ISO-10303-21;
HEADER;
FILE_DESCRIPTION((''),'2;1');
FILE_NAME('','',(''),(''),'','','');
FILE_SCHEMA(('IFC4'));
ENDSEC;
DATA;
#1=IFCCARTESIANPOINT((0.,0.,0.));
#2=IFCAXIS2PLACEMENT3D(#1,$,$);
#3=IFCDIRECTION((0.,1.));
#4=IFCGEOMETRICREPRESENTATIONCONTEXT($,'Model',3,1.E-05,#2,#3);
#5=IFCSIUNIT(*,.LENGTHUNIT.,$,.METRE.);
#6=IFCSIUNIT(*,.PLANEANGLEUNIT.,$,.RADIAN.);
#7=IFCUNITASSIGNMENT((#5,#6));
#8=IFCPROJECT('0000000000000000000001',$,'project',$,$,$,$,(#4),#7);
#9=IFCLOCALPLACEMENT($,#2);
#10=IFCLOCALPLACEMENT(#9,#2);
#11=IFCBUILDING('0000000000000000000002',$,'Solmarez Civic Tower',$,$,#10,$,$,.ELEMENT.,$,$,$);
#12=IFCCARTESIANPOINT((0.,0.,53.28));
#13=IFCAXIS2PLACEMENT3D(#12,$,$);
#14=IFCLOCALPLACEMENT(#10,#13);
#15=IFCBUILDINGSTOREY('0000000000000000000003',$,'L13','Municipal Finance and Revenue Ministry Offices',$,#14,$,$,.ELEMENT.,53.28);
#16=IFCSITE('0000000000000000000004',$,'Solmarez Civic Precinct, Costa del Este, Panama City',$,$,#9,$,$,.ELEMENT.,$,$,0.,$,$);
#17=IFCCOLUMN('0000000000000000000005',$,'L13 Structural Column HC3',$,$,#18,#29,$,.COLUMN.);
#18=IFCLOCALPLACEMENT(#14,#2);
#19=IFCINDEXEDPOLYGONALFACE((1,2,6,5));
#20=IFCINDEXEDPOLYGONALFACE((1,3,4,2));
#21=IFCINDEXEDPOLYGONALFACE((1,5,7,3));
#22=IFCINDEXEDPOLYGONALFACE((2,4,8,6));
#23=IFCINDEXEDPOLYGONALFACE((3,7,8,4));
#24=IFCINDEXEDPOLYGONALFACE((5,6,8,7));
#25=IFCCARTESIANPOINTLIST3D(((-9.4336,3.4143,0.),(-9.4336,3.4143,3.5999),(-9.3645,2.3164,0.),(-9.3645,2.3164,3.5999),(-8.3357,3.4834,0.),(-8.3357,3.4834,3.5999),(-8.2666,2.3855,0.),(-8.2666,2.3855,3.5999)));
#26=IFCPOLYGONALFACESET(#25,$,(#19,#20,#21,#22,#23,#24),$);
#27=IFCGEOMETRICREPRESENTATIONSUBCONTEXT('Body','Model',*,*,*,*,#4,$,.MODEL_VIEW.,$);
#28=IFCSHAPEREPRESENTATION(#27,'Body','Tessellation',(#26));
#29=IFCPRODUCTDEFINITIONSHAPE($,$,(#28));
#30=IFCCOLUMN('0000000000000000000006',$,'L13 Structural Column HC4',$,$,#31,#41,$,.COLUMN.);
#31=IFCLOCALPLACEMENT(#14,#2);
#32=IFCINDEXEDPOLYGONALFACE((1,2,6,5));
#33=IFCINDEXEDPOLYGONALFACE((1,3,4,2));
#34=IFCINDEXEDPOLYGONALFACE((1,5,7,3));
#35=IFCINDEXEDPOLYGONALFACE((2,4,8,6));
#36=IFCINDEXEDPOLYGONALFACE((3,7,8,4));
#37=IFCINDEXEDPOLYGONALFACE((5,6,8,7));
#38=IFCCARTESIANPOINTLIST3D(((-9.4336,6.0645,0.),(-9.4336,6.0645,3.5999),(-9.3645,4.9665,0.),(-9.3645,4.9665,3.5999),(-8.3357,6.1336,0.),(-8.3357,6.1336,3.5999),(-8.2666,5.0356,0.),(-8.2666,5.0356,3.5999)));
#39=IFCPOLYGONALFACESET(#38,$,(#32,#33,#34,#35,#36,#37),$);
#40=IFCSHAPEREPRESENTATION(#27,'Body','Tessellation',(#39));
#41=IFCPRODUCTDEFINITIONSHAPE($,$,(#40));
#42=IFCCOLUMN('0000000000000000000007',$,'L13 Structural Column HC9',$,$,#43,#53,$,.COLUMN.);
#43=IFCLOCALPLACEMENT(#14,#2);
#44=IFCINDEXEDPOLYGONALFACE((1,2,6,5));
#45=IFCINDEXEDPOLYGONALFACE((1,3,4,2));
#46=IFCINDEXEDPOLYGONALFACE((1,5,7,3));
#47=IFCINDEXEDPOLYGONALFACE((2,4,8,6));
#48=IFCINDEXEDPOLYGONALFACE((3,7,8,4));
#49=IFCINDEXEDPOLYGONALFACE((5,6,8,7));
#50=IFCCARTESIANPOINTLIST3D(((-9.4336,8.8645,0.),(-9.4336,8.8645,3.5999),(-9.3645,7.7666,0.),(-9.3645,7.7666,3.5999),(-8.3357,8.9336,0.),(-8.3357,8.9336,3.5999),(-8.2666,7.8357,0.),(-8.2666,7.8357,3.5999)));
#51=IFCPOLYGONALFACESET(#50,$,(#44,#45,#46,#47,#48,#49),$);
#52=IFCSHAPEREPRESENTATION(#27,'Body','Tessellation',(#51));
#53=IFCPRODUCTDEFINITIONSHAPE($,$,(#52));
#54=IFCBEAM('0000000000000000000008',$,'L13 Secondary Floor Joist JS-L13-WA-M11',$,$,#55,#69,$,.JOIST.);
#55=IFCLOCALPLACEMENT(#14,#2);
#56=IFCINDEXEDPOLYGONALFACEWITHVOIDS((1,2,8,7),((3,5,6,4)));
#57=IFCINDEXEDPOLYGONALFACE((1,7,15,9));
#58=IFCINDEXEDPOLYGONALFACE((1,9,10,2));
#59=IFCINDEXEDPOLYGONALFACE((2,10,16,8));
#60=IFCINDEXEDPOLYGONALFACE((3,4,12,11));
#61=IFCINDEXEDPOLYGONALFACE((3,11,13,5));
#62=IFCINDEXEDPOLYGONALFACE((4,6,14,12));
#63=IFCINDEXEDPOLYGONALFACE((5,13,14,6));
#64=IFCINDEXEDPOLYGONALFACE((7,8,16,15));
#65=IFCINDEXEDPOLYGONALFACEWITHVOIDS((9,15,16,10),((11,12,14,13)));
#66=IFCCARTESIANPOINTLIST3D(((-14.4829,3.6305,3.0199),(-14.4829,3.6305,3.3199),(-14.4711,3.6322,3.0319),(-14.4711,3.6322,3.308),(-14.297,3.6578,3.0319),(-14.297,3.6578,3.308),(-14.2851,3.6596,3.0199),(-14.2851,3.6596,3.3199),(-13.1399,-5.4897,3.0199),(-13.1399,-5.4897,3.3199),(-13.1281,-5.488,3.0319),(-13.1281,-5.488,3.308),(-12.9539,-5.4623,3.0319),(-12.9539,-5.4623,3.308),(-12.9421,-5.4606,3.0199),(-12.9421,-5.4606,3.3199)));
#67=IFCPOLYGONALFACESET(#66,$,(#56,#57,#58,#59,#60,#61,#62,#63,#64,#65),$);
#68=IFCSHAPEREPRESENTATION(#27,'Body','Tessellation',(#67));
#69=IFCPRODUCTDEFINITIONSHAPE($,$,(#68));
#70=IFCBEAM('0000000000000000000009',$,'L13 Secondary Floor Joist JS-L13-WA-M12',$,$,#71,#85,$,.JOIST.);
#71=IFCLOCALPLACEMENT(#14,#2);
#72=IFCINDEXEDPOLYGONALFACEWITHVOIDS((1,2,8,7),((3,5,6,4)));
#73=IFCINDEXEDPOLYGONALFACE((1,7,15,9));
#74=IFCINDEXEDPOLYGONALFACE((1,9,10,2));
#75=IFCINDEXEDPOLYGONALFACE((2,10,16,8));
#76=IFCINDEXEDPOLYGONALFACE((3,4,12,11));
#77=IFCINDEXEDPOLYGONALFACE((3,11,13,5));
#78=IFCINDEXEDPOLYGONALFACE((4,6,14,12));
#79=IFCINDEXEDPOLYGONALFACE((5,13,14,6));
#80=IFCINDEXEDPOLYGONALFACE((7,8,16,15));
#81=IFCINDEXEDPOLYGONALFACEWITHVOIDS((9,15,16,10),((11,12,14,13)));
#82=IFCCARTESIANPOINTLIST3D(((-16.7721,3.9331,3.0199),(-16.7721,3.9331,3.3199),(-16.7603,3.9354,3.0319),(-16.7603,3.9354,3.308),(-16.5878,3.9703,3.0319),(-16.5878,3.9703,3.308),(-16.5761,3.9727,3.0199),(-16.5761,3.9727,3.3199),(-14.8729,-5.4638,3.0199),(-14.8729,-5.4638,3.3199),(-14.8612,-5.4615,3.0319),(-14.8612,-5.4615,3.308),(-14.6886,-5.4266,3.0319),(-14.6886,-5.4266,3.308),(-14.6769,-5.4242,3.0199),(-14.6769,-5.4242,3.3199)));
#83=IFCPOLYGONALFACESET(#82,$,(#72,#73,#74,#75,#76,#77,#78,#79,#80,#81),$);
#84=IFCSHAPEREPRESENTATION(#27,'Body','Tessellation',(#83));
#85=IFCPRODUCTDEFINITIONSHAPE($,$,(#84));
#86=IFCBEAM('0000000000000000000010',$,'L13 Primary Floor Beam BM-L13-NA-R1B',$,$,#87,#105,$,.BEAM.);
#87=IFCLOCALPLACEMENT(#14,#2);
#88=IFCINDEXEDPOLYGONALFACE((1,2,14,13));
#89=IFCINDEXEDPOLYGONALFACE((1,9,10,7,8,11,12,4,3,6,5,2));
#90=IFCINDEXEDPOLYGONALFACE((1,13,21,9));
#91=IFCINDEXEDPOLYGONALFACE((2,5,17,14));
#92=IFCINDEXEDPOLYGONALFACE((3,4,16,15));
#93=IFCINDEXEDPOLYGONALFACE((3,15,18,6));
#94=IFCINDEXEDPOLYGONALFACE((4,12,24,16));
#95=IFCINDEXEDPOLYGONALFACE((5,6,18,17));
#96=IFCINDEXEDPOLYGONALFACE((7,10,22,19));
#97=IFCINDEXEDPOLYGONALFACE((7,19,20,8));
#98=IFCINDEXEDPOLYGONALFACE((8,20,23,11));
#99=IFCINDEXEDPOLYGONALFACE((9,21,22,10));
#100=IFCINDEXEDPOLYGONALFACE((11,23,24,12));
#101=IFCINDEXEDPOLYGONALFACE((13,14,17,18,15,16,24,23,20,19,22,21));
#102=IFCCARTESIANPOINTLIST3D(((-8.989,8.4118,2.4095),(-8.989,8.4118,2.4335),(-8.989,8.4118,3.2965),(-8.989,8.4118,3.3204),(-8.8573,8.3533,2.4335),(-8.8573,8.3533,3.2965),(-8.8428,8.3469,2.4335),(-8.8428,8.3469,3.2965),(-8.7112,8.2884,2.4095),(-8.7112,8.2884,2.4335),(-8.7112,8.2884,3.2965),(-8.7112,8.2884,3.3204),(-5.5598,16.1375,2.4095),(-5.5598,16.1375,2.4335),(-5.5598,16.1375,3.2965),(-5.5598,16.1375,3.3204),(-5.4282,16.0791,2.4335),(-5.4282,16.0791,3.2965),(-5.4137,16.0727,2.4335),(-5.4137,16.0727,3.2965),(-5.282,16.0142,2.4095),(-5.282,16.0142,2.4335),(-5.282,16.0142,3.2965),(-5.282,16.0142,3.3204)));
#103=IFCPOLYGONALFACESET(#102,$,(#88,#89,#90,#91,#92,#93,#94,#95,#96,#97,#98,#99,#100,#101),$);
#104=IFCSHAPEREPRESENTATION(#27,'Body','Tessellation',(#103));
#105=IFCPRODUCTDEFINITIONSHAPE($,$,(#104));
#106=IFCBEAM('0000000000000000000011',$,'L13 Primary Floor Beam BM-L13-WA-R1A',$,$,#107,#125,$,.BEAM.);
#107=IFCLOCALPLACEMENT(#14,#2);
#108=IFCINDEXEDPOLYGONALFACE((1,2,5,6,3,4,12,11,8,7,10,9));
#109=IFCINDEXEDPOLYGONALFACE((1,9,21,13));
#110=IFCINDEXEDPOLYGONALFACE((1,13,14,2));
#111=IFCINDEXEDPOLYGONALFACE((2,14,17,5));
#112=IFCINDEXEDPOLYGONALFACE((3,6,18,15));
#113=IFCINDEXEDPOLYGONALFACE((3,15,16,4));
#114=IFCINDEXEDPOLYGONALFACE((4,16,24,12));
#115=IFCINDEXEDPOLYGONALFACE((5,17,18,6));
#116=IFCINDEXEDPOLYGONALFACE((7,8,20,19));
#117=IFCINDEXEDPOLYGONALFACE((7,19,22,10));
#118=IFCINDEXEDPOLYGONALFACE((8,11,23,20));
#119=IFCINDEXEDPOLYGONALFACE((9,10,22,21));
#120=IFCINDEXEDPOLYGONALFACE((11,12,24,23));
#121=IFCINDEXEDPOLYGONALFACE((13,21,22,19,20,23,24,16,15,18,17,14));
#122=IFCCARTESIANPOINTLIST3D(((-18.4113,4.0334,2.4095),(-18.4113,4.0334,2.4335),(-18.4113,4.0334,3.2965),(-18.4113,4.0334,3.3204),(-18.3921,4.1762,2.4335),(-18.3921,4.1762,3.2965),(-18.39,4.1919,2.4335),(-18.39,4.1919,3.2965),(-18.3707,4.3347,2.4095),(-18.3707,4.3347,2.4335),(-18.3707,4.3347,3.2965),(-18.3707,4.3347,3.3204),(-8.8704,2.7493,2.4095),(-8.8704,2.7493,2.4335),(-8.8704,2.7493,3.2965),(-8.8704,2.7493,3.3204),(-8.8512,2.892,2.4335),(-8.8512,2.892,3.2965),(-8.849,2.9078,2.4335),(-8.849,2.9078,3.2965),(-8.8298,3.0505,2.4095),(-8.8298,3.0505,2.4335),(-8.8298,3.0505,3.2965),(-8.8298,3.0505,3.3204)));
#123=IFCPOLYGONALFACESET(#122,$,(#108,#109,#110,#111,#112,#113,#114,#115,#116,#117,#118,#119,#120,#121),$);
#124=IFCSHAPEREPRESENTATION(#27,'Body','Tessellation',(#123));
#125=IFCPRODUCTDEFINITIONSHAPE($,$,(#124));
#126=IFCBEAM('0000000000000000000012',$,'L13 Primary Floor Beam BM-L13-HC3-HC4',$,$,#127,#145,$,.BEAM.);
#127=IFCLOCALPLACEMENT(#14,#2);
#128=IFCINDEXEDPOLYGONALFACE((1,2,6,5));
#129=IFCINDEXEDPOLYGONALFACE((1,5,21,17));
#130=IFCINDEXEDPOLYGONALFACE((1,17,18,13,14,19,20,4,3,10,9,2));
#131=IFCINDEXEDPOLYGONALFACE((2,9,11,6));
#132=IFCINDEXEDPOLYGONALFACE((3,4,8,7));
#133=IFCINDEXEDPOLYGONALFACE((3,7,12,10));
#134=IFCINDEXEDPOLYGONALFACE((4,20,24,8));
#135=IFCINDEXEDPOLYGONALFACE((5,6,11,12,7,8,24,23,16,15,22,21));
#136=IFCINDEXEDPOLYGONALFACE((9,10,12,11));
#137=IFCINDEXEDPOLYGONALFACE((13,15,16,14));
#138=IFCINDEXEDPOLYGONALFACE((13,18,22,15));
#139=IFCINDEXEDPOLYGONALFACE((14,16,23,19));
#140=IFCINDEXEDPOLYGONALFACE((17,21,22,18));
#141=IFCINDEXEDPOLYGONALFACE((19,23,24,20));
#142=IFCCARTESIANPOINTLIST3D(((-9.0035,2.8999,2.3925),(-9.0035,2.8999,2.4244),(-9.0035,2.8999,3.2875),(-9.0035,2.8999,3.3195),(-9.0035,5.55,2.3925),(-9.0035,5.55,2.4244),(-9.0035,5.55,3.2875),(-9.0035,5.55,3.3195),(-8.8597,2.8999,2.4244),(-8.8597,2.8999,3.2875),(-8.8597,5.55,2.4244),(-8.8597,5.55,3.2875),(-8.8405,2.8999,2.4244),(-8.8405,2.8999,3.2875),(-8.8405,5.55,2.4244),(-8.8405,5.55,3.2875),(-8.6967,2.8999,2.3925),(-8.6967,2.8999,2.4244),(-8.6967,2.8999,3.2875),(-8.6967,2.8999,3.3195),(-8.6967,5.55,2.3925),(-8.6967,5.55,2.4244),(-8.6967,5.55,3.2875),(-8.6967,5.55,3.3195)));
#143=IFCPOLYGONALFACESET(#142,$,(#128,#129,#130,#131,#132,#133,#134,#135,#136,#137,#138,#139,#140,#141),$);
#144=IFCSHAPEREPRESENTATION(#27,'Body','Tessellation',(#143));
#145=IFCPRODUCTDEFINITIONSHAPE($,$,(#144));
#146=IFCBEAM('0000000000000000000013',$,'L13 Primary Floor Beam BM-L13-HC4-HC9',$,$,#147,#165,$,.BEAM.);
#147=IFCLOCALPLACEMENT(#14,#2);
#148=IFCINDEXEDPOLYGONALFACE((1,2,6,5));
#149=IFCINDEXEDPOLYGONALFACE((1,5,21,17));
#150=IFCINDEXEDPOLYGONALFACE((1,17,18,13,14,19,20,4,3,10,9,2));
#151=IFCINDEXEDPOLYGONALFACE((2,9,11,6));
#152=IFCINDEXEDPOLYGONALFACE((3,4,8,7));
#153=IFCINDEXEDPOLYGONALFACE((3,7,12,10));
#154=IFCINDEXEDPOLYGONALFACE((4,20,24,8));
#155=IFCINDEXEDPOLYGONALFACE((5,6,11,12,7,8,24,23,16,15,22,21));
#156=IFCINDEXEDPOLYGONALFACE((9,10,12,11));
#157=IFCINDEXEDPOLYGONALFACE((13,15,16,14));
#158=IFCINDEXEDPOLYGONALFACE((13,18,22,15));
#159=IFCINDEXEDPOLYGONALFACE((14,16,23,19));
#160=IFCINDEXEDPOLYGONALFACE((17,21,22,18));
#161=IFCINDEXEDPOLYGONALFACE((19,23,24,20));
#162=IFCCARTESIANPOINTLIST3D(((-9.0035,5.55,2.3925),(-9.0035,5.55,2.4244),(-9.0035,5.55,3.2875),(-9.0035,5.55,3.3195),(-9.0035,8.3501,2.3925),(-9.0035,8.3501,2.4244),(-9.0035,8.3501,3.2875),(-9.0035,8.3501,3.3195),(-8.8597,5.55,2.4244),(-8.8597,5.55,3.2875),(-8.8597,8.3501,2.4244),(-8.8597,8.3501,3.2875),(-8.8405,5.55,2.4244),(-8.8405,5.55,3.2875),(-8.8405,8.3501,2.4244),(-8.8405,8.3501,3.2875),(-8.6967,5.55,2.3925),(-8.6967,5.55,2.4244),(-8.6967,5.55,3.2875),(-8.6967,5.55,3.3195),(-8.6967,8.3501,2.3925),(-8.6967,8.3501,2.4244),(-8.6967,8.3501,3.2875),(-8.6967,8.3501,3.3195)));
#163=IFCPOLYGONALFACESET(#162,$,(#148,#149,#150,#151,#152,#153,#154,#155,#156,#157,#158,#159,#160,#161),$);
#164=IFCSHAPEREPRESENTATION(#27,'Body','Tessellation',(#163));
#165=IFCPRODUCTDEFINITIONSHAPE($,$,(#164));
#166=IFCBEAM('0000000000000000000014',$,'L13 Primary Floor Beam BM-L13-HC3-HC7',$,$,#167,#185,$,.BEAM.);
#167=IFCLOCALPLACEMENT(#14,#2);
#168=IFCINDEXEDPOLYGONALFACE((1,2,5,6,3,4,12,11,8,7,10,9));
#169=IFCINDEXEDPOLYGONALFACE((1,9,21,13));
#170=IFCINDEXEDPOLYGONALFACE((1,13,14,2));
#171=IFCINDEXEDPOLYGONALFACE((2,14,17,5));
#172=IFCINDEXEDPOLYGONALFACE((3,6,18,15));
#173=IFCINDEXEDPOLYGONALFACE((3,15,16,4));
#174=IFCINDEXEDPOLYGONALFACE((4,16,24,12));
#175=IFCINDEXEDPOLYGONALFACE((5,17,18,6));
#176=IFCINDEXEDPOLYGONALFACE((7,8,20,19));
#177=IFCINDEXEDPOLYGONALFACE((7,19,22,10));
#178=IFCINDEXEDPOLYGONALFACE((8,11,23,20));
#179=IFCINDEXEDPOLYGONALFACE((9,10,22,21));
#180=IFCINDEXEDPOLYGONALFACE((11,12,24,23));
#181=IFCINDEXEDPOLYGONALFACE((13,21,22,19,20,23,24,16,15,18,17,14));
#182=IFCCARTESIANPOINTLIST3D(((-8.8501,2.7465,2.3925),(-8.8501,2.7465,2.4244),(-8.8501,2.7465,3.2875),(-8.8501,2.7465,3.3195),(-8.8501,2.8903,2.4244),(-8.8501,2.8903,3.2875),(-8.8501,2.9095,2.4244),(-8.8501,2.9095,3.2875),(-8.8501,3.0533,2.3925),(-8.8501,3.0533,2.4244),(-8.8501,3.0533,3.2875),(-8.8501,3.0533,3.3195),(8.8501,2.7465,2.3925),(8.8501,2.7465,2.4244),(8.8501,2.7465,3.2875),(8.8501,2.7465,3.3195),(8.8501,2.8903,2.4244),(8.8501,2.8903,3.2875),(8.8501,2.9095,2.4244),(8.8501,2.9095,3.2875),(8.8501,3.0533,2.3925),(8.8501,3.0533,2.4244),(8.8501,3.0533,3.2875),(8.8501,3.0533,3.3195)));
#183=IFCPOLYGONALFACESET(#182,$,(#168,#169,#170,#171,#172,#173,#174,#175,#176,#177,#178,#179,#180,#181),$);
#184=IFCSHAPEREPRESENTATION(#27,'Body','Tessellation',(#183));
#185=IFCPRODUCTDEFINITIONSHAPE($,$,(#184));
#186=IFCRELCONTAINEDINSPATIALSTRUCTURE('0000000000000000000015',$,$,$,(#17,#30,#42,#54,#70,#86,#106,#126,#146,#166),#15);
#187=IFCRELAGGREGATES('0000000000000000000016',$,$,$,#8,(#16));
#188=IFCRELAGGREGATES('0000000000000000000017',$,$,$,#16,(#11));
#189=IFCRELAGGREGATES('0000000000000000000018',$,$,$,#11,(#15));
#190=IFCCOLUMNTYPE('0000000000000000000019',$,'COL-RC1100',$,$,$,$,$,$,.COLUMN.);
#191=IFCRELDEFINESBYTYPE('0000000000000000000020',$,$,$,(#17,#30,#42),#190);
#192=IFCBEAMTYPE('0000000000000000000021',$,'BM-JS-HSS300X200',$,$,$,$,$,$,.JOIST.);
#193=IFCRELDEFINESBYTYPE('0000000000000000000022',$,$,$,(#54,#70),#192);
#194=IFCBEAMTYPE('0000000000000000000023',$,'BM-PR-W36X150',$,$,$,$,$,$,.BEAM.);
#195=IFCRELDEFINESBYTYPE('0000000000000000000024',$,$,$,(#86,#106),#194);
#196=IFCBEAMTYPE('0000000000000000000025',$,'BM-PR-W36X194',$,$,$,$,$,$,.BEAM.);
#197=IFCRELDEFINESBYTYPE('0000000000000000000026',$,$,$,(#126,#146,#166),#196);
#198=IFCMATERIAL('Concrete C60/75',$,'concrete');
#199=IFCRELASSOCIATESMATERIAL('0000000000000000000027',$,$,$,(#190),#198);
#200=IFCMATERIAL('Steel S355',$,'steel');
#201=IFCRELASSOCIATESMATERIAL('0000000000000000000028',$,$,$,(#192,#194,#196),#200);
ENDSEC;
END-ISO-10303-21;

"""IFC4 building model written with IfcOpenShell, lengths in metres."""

from ifc_helpers import new_model, si_unit, direction, frame, origin, origin_2d, place, context, subcontext, project, spatial, rectangle, hollow_rectangle, i_section, extrude, material, material_profile, profile_set, type_object, element, save


model = new_model("IFC4")

# Units and contexts
model_context = context("Model", 3, precision=1e-05, world=origin(), true_north=direction((0.0, 1.0)))
body_context = subcontext(model_context, "Body", "Model", "MODEL_VIEW")
ifc_project = project(units=[si_unit("LENGTHUNIT", "METRE"), si_unit("PLANEANGLEUNIT", "RADIAN")], contexts=[model_context])

# Site, building, storey
site_placement = place(None, origin())
site = spatial("IfcSite", under=ifc_project, at=site_placement, Name="Solmarez Civic Precinct, Costa del Este, Panama City", CompositionType="ELEMENT", RefElevation=0.0)
building_placement = place(site_placement, origin())
building = spatial("IfcBuilding", under=site, at=building_placement, Name="Solmarez Civic Tower", CompositionType="ELEMENT")
storey_placement = place(building_placement, frame((0.0, 0.0, 53.28)))
storey = spatial("IfcBuildingStorey", under=building, at=storey_placement, Name="L13", Description="Municipal Finance and Revenue Ministry Offices", CompositionType="ELEMENT", Elevation=53.28)

# Columns
ifc_material_1 = material(Name="Concrete C60/75", Category="concrete")
ifc_material_profile_1 = material_profile(ifc_material_1, rectangle(XDim=1.1001, YDim=1.1001, at=origin_2d()), Name="RC1100X1100")
ifc_profile_set_1 = profile_set([ifc_material_profile_1], Name="Concrete C60/75")
column_type = type_object("IfcColumnType", Name="COL-RC1100", PredefinedType="COLUMN", material=ifc_profile_set_1)
for number, where, z_axis, x_axis, name in (
    (1, (-8.8501, 2.8999, 0.0), (0.0, 0.0, 1.0), (0.998027, 0.062791, 0.0), "L13 Structural Column HC3"),
    (2, (-8.8501, 5.55, 0.0), (0.0, 0.0, 1.0), (0.998027, 0.062791, 0.0), "L13 Structural Column HC4"),
    (3, (-8.8501, 8.3501, 0.0), (0.0, 0.0, 1.0), (0.998027, 0.062791, 0.0), "L13 Structural Column HC9"),
):
    element("IfcColumn", number, at=place(storey_placement, frame(where, z_axis=z_axis, x_axis=x_axis)), inside=storey, type_object=column_type, Name=name, PredefinedType="COLUMN", context=body_context, shape_type="SweptSolid", body=[
        extrude(rectangle(XDim=1.1001, YDim=1.1001, at=origin_2d()), origin(), (0.0, 0.0, 1.0), 3.5999),
    ])

# Beams
ifc_material_2 = material(Name="Steel S355", Category="steel")
ifc_material_profile_2 = material_profile(ifc_material_2, hollow_rectangle(XDim=0.2, YDim=0.3, WallThickness=0.012, at=origin_2d()), Name="HSS300X200X12")
ifc_profile_set_2 = profile_set([ifc_material_profile_2], Name="Steel S355")
beam_type_1 = type_object("IfcBeamType", Name="BM-JS-HSS300X200", PredefinedType="JOIST", material=ifc_profile_set_2)
beam_1_placement = place(storey_placement, frame((-14.384, 3.645, 3.1699), z_axis=(0.145688, -0.989331, 0.0), x_axis=(0.989331, 0.145688, 0.0)))
element("IfcBeam", 4, at=beam_1_placement, inside=storey, type_object=beam_type_1, Name="L13 Secondary Floor Joist JS-L13-WA-M11", PredefinedType="JOIST", context=body_context, shape_type="SweptSolid", body=[
    extrude(hollow_rectangle(XDim=0.2, YDim=0.3, WallThickness=0.012, at=origin_2d()), origin(), (0.0, 0.0, 1.0), 9.2185),
])
beam_2_placement = place(storey_placement, frame((-16.6741, 3.9529, 3.1699), z_axis=(0.198099, -0.980182, 0.0), x_axis=(0.980182, 0.198099, 0.0)))
element("IfcBeam", 5, at=beam_2_placement, inside=storey, type_object=beam_type_1, Name="L13 Secondary Floor Joist JS-L13-WA-M12", PredefinedType="JOIST", context=body_context, shape_type="SweptSolid", body=[
    extrude(hollow_rectangle(XDim=0.2, YDim=0.3, WallThickness=0.012, at=origin_2d()), origin(), (0.0, 0.0, 1.0), 9.5869),
])
ifc_material_profile_3 = material_profile(ifc_material_2, i_section(OverallWidth=0.304, OverallDepth=0.9109, WebThickness=0.0159, FlangeThickness=0.0239, at=origin_2d()), Name="W36X150")
ifc_profile_set_3 = profile_set([ifc_material_profile_3], Name="Steel S355")
beam_type_2 = type_object("IfcBeamType", Name="BM-PR-W36X150", PredefinedType="BEAM", material=ifc_profile_set_3)
beam_3_placement = place(storey_placement, frame((-8.8501, 8.3501, 2.865), z_axis=(0.405694, 0.914009, 0.0), x_axis=(-0.914009, 0.405694, 0.0)))
element("IfcBeam", 6, at=beam_3_placement, inside=storey, type_object=beam_type_2, Name="L13 Primary Floor Beam BM-L13-NA-R1B", PredefinedType="BEAM", context=body_context, shape_type="SweptSolid", body=[
    extrude(i_section(OverallWidth=0.304, OverallDepth=0.9109, WebThickness=0.0159, FlangeThickness=0.0239, at=origin_2d()), origin(), (0.0, 0.0, 1.0), 8.4526),
])
beam_4_placement = place(storey_placement, frame((-8.8501, 2.8999, 2.865), z_axis=(-0.991063, 0.133393, 0.0), x_axis=(-0.133393, -0.991063, 0.0)))
element("IfcBeam", 7, at=beam_4_placement, inside=storey, type_object=beam_type_2, Name="L13 Primary Floor Beam BM-L13-WA-R1A", PredefinedType="BEAM", context=body_context, shape_type="SweptSolid", body=[
    extrude(i_section(OverallWidth=0.304, OverallDepth=0.9109, WebThickness=0.0159, FlangeThickness=0.0239, at=origin_2d()), origin(), (0.0, 0.0, 1.0), 9.627),
])
ifc_material_profile_4 = material_profile(ifc_material_2, i_section(OverallWidth=0.3069, OverallDepth=0.927, WebThickness=0.0193, FlangeThickness=0.032, at=origin_2d()), Name="W36X194")
ifc_profile_set_4 = profile_set([ifc_material_profile_4], Name="Steel S355")
beam_type_3 = type_object("IfcBeamType", Name="BM-PR-W36X194", PredefinedType="BEAM", material=ifc_profile_set_4)
beam_5_placement = place(storey_placement, frame((-8.8501, 2.8999, 2.856), z_axis=(0.0, 1.0, 0.0), x_axis=(-1.0, 0.0, 0.0)))
element("IfcBeam", 8, at=beam_5_placement, inside=storey, type_object=beam_type_3, Name="L13 Primary Floor Beam BM-L13-HC3-HC4", PredefinedType="BEAM", context=body_context, shape_type="SweptSolid", body=[
    extrude(i_section(OverallWidth=0.3069, OverallDepth=0.927, WebThickness=0.0193, FlangeThickness=0.032, at=origin_2d()), origin(), (0.0, 0.0, 1.0), 2.6501),
])
beam_6_placement = place(storey_placement, frame((-8.8501, 5.55, 2.856), z_axis=(0.0, 1.0, 0.0), x_axis=(-1.0, 0.0, 0.0)))
element("IfcBeam", 9, at=beam_6_placement, inside=storey, type_object=beam_type_3, Name="L13 Primary Floor Beam BM-L13-HC4-HC9", PredefinedType="BEAM", context=body_context, shape_type="SweptSolid", body=[
    extrude(i_section(OverallWidth=0.3069, OverallDepth=0.927, WebThickness=0.0193, FlangeThickness=0.032, at=origin_2d()), origin(), (0.0, 0.0, 1.0), 2.8),
])
beam_7_placement = place(storey_placement, frame((-8.8501, 2.8999, 2.856), z_axis=(1.0, 0.0, 0.0), x_axis=(0.0, 1.0, 0.0)))
element("IfcBeam", 10, at=beam_7_placement, inside=storey, type_object=beam_type_3, Name="L13 Primary Floor Beam BM-L13-HC3-HC7", PredefinedType="BEAM", context=body_context, shape_type="SweptSolid", body=[
    extrude(i_section(OverallWidth=0.3069, OverallDepth=0.927, WebThickness=0.0193, FlangeThickness=0.032, at=origin_2d()), origin(), (0.0, 0.0, 1.0), 17.7002),
])

save(model, "model.ifc")
